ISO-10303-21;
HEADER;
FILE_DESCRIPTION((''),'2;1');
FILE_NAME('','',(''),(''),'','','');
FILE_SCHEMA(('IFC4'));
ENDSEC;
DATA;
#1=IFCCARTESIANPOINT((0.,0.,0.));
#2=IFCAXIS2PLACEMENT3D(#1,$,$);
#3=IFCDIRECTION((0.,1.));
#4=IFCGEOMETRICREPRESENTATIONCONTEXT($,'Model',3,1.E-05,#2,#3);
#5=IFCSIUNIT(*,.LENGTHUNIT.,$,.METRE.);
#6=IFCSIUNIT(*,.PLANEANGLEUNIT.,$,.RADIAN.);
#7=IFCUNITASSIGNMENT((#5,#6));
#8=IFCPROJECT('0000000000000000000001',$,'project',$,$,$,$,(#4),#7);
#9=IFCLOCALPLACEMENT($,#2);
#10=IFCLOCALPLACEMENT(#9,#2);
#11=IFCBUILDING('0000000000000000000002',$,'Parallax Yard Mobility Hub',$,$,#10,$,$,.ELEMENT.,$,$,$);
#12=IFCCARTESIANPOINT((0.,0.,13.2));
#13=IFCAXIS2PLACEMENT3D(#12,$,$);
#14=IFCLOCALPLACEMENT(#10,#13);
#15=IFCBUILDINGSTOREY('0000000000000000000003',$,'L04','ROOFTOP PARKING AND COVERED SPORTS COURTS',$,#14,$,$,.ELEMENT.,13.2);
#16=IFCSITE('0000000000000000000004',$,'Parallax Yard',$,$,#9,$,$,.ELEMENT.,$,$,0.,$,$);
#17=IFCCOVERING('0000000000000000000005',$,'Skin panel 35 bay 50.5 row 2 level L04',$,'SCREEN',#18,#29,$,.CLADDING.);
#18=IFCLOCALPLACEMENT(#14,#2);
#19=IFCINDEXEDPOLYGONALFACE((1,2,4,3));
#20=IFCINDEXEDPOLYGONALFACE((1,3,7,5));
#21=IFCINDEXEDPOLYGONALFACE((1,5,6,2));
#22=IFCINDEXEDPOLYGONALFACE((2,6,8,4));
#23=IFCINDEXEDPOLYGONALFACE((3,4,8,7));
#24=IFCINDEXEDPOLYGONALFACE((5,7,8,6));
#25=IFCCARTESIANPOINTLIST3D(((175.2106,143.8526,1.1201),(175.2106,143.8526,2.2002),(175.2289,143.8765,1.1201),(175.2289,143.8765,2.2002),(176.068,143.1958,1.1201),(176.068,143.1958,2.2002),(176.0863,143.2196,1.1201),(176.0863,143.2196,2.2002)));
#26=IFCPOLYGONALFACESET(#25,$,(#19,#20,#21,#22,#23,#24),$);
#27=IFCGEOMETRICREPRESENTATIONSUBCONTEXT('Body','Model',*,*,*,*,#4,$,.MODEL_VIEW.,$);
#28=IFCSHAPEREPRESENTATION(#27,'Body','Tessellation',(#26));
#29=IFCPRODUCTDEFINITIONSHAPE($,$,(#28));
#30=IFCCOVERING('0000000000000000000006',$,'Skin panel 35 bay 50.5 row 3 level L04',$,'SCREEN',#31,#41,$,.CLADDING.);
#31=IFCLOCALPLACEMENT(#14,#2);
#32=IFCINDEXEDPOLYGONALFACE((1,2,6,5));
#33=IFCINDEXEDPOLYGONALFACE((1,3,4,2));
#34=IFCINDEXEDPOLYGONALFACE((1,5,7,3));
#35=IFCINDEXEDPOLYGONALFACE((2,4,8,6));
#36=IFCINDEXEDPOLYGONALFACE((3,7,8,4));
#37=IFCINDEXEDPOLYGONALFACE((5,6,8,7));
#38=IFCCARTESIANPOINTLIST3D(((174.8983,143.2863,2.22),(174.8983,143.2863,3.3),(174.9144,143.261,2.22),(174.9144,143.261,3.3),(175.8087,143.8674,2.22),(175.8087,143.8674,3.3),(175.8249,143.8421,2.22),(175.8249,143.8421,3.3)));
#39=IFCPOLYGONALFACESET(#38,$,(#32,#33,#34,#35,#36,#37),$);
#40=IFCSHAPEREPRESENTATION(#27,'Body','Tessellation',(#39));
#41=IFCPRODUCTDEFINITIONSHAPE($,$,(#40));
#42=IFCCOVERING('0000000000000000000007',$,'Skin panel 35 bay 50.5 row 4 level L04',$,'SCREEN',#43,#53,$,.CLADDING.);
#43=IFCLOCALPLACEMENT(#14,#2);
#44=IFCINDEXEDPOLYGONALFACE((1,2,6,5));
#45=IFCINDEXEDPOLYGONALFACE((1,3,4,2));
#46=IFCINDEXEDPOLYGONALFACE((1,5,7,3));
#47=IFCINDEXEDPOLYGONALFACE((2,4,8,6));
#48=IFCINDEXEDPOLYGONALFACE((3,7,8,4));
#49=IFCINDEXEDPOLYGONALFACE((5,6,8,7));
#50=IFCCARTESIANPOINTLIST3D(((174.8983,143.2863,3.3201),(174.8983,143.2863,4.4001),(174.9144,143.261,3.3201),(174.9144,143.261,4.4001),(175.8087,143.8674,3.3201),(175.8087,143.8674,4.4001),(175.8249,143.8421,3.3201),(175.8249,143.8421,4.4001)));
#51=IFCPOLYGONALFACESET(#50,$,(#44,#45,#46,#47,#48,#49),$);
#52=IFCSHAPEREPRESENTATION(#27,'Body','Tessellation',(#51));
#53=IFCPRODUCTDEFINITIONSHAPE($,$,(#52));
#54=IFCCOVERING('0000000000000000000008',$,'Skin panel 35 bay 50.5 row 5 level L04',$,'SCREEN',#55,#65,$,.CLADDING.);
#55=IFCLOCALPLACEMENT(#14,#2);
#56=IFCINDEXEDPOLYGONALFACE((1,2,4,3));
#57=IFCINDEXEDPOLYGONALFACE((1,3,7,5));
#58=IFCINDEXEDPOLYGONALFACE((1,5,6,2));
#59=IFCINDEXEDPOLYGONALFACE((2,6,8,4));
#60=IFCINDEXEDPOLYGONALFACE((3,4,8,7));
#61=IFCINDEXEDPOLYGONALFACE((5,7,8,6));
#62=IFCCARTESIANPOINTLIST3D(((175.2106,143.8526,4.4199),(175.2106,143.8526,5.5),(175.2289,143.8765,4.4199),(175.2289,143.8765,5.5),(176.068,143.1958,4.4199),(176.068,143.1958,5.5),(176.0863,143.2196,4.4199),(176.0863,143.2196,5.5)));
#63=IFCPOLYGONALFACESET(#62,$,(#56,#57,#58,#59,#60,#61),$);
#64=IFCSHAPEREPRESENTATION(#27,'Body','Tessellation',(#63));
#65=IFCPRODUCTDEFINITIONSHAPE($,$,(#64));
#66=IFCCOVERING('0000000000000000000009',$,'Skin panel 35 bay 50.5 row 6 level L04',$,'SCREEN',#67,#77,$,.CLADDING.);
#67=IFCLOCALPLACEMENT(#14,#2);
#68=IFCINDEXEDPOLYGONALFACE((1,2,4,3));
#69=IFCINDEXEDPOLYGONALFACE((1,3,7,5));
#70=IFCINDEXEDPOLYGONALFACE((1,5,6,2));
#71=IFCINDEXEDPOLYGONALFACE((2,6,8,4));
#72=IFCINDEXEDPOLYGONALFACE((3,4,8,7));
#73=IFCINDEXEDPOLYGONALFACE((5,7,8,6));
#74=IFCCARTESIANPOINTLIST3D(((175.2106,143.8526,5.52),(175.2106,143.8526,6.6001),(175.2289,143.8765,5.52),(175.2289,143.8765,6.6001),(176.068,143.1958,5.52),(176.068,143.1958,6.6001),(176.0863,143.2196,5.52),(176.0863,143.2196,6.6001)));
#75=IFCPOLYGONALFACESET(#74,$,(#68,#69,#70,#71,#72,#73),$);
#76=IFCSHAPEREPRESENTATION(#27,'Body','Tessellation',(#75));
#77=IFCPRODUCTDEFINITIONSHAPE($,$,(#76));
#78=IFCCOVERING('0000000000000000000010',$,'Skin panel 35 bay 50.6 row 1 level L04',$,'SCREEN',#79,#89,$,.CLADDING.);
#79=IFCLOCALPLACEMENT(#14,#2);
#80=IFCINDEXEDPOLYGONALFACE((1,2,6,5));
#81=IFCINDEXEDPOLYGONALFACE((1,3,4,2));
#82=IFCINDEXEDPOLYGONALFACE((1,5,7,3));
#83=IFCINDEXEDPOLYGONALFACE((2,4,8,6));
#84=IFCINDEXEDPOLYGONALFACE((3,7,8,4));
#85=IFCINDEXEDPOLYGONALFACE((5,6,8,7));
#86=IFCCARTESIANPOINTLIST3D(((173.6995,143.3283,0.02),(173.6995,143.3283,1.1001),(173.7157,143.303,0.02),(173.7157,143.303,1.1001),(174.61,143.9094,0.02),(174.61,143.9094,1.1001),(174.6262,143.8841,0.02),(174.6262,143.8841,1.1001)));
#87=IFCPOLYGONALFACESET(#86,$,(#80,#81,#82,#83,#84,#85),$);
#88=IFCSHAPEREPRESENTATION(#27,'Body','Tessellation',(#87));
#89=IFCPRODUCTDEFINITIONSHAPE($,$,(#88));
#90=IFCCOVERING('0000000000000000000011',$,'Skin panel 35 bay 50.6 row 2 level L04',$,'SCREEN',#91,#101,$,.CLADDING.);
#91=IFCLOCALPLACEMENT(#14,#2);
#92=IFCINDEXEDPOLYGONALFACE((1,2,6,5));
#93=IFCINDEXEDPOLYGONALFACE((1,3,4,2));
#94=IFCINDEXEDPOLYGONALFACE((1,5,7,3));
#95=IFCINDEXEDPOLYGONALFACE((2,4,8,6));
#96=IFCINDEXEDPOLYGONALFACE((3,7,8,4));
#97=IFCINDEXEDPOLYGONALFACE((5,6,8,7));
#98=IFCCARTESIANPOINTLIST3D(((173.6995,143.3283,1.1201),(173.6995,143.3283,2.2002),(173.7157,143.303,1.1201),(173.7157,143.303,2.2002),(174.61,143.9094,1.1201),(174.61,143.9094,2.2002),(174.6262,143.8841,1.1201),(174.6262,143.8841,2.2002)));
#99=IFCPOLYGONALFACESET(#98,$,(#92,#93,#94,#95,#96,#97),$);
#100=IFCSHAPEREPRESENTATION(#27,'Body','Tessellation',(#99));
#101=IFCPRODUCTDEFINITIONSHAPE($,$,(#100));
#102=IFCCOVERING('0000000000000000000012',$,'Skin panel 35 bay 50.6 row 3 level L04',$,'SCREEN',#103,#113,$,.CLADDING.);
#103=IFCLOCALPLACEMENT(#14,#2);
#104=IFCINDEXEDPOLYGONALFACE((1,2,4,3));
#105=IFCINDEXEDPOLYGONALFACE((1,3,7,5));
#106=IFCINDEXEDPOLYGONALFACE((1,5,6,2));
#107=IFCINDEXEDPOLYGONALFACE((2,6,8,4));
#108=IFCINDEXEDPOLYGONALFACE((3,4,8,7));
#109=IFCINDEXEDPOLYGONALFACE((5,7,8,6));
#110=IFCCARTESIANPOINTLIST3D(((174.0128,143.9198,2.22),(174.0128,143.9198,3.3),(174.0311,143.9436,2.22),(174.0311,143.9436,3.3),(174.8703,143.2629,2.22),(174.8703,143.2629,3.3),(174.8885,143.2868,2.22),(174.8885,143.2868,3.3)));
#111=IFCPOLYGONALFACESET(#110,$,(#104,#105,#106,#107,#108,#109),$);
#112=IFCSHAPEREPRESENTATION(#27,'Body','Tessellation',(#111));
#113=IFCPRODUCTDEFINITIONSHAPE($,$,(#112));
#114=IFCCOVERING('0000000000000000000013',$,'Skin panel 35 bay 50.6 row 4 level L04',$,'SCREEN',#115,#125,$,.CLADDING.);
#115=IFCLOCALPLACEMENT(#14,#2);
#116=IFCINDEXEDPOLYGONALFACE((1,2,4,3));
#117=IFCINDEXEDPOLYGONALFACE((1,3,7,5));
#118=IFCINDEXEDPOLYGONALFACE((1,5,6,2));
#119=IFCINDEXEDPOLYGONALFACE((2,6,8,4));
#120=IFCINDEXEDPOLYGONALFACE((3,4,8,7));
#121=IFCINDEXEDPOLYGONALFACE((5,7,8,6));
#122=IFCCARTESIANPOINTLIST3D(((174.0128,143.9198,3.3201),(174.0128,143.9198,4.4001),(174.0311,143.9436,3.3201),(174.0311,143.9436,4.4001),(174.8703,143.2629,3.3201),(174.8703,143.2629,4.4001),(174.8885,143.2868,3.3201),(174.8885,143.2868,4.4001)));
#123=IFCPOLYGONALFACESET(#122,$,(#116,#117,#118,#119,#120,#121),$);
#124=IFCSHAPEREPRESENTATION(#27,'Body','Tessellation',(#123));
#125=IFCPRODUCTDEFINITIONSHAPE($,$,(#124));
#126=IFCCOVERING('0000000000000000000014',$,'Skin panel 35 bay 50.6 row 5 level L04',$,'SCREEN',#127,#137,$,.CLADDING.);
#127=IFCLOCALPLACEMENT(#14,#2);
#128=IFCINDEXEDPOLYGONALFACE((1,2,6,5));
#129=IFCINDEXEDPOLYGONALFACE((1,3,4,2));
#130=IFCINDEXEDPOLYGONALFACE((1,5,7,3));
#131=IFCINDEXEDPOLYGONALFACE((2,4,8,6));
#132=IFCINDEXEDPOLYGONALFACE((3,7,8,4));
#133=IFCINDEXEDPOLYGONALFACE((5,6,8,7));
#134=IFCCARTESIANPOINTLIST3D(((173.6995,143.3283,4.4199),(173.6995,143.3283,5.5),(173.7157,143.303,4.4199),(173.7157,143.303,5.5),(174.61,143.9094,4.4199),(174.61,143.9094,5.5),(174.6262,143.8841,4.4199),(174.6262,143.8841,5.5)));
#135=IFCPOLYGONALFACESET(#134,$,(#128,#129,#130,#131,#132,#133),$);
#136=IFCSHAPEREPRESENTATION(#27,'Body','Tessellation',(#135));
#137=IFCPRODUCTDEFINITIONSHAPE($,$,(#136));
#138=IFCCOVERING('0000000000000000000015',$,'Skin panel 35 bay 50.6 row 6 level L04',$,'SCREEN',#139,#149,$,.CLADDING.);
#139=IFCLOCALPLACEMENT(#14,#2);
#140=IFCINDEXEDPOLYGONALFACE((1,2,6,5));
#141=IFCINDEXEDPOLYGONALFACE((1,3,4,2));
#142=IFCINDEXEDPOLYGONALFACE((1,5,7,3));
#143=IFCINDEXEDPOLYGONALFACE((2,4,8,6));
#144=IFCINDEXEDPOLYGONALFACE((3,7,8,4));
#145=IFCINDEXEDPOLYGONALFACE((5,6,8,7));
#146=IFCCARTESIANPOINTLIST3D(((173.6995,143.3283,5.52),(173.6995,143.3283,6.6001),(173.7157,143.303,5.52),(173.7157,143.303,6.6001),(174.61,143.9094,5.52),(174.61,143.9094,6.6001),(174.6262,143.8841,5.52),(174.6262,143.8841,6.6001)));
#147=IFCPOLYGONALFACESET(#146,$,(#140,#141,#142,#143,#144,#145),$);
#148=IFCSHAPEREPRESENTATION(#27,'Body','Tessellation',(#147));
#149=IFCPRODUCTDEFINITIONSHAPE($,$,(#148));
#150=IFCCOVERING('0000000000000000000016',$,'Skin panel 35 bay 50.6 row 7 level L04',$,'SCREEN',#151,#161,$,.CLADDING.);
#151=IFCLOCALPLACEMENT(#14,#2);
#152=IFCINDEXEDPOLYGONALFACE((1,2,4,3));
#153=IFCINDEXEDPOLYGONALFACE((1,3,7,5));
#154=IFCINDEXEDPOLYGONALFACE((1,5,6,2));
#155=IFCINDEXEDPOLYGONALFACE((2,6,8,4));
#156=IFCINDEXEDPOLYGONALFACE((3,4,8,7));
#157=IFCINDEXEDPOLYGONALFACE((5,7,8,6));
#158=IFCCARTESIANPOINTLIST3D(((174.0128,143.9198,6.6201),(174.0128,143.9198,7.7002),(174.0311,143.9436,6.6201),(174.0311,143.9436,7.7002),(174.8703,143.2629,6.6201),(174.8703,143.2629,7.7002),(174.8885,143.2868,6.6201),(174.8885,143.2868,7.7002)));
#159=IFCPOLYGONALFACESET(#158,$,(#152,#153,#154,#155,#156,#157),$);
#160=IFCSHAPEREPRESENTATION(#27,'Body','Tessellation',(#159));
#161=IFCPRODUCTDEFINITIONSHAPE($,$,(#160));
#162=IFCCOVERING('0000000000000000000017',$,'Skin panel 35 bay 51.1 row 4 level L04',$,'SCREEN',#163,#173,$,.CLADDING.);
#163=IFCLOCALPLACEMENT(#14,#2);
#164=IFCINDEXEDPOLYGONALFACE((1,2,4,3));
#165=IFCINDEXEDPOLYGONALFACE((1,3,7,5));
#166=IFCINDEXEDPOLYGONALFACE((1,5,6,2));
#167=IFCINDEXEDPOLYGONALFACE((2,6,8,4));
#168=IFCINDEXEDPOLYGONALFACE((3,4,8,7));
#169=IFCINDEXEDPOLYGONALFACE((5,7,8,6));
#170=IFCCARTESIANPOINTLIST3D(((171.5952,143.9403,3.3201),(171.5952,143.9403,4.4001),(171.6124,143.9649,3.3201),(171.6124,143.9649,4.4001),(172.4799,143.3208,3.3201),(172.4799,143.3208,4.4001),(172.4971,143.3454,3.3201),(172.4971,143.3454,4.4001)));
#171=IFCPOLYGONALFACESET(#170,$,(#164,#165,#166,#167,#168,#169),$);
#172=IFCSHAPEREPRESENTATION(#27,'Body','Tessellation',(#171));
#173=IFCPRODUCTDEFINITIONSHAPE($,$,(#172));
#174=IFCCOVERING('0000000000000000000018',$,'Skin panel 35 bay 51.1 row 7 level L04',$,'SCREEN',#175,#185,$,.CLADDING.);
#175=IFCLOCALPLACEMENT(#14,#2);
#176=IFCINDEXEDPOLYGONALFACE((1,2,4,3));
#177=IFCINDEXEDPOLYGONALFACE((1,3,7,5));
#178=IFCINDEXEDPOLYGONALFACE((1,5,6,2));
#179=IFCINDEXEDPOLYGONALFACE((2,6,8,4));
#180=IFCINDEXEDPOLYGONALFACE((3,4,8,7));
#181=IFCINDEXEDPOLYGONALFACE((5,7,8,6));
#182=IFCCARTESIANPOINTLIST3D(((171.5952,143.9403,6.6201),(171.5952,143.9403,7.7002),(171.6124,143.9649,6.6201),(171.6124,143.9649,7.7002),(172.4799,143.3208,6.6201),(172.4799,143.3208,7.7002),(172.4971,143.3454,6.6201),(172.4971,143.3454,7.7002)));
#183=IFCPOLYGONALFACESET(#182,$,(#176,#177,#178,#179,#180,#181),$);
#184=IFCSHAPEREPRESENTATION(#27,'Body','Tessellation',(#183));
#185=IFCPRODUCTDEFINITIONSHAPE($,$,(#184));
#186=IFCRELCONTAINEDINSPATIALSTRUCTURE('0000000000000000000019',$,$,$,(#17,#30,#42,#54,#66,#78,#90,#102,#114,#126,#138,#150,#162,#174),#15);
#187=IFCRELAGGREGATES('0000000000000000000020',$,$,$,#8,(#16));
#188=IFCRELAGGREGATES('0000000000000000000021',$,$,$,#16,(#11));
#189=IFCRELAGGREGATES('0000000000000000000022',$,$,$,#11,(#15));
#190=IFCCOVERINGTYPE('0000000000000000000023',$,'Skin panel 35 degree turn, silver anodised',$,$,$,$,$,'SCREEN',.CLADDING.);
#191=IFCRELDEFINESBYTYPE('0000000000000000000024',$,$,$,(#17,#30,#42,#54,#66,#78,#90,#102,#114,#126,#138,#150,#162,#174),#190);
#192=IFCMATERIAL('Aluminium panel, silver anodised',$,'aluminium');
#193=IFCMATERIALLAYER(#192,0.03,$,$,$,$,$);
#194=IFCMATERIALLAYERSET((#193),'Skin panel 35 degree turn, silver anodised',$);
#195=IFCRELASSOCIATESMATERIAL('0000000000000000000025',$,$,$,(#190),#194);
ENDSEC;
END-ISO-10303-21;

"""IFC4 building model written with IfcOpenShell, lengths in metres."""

from ifc_helpers import new_model, si_unit, direction, frame, origin, origin_2d, place, context, subcontext, project, spatial, rectangle, extrude, material, layer, layer_set, type_object, element, save


model = new_model("IFC4")

# Units and contexts
model_context = context("Model", 3, precision=1e-05, world=origin(), true_north=direction((0.0, 1.0)))
body_context = subcontext(model_context, "Body", "Model", "MODEL_VIEW")
ifc_project = project(units=[si_unit("LENGTHUNIT", "METRE"), si_unit("PLANEANGLEUNIT", "RADIAN")], contexts=[model_context])

# Site, building, storey
site_placement = place(None, origin())
site = spatial("IfcSite", under=ifc_project, at=site_placement, Name="Parallax Yard", CompositionType="ELEMENT", RefElevation=0.0)
building_placement = place(site_placement, origin())
building = spatial("IfcBuilding", under=site, at=building_placement, Name="Parallax Yard Mobility Hub", CompositionType="ELEMENT")
storey_placement = place(building_placement, frame((0.0, 0.0, 13.2)))
storey = spatial("IfcBuildingStorey", under=building, at=storey_placement, Name="L04", Description="ROOFTOP PARKING AND COVERED SPORTS COURTS", CompositionType="ELEMENT", Elevation=13.2)

# Coverings
ifc_material = material(Name="Aluminium panel, silver anodised", Category="aluminium")
ifc_layer_1 = layer(ifc_material, 0.03)
ifc_layer_set_1 = layer_set([ifc_layer_1], Name="Skin panel 35 degree turn, silver anodised")
covering_type_1 = type_object("IfcCoveringType", Name="Skin panel 35 degree turn, silver anodised", ElementType="SCREEN", PredefinedType="CLADDING", material=ifc_layer_set_1)
for number, where, z_axis, x_axis, name in (
    (1, (175.6484, 143.5361, 1.1201), (0.0, 0.0, 1.0), (-0.793837, 0.608131, 0.0), "Skin panel 35 bay 50.5 row 2 level L04"),
    (2, (175.3616, 143.5642, 2.22), (0.0, 0.0, 1.0), (0.842964, 0.537969, 0.0), "Skin panel 35 bay 50.5 row 3 level L04"),
    (3, (175.3616, 143.5642, 3.3201), (0.0, 0.0, 1.0), (0.842964, 0.537969, 0.0), "Skin panel 35 bay 50.5 row 4 level L04"),
    (4, (175.6484, 143.5361, 4.4199), (0.0, 0.0, 1.0), (-0.793837, 0.608131, 0.0), "Skin panel 35 bay 50.5 row 5 level L04"),
    (5, (175.6484, 143.5361, 5.52), (0.0, 0.0, 1.0), (-0.793837, 0.608131, 0.0), "Skin panel 35 bay 50.5 row 6 level L04"),
    (6, (174.1628, 143.6062, 0.02), (0.0, 0.0, 1.0), (0.842964, 0.537969, 0.0), "Skin panel 35 bay 50.6 row 1 level L04"),
    (7, (174.1628, 143.6062, 1.1201), (0.0, 0.0, 1.0), (0.842964, 0.537969, 0.0), "Skin panel 35 bay 50.6 row 2 level L04"),
    (8, (174.4507, 143.6033, 2.22), (0.0, 0.0, 1.0), (-0.793837, 0.608131, 0.0), "Skin panel 35 bay 50.6 row 3 level L04"),
    (9, (174.4507, 143.6033, 3.3201), (0.0, 0.0, 1.0), (-0.793837, 0.608131, 0.0), "Skin panel 35 bay 50.6 row 4 level L04"),
    (10, (174.1628, 143.6062, 4.4199), (0.0, 0.0, 1.0), (0.842964, 0.537969, 0.0), "Skin panel 35 bay 50.6 row 5 level L04"),
    (11, (174.1628, 143.6062, 5.52), (0.0, 0.0, 1.0), (0.842964, 0.537969, 0.0), "Skin panel 35 bay 50.6 row 6 level L04"),
    (12, (174.4507, 143.6033, 6.6201), (0.0, 0.0, 1.0), (-0.793837, 0.608131, 0.0), "Skin panel 35 bay 50.6 row 7 level L04"),
    (13, (172.0461, 143.6428, 3.3201), (0.0, 0.0, 1.0), (-0.819152, 0.573576, 0.0), "Skin panel 35 bay 51.1 row 4 level L04"),
    (14, (172.0461, 143.6428, 6.6201), (0.0, 0.0, 1.0), (-0.819152, 0.573576, 0.0), "Skin panel 35 bay 51.1 row 7 level L04"),
):
    element("IfcCovering", number, at=place(storey_placement, frame(where, z_axis=z_axis, x_axis=x_axis)), inside=storey, type_object=covering_type_1, Name=name, ObjectType="SCREEN", PredefinedType="CLADDING", context=body_context, shape_type="SweptSolid", body=[
        extrude(rectangle(XDim=1.0801, YDim=0.03, at=origin_2d()), origin(), (0.0, 0.0, 1.0), 1.0801),
    ])

save(model, "model.ifc")
